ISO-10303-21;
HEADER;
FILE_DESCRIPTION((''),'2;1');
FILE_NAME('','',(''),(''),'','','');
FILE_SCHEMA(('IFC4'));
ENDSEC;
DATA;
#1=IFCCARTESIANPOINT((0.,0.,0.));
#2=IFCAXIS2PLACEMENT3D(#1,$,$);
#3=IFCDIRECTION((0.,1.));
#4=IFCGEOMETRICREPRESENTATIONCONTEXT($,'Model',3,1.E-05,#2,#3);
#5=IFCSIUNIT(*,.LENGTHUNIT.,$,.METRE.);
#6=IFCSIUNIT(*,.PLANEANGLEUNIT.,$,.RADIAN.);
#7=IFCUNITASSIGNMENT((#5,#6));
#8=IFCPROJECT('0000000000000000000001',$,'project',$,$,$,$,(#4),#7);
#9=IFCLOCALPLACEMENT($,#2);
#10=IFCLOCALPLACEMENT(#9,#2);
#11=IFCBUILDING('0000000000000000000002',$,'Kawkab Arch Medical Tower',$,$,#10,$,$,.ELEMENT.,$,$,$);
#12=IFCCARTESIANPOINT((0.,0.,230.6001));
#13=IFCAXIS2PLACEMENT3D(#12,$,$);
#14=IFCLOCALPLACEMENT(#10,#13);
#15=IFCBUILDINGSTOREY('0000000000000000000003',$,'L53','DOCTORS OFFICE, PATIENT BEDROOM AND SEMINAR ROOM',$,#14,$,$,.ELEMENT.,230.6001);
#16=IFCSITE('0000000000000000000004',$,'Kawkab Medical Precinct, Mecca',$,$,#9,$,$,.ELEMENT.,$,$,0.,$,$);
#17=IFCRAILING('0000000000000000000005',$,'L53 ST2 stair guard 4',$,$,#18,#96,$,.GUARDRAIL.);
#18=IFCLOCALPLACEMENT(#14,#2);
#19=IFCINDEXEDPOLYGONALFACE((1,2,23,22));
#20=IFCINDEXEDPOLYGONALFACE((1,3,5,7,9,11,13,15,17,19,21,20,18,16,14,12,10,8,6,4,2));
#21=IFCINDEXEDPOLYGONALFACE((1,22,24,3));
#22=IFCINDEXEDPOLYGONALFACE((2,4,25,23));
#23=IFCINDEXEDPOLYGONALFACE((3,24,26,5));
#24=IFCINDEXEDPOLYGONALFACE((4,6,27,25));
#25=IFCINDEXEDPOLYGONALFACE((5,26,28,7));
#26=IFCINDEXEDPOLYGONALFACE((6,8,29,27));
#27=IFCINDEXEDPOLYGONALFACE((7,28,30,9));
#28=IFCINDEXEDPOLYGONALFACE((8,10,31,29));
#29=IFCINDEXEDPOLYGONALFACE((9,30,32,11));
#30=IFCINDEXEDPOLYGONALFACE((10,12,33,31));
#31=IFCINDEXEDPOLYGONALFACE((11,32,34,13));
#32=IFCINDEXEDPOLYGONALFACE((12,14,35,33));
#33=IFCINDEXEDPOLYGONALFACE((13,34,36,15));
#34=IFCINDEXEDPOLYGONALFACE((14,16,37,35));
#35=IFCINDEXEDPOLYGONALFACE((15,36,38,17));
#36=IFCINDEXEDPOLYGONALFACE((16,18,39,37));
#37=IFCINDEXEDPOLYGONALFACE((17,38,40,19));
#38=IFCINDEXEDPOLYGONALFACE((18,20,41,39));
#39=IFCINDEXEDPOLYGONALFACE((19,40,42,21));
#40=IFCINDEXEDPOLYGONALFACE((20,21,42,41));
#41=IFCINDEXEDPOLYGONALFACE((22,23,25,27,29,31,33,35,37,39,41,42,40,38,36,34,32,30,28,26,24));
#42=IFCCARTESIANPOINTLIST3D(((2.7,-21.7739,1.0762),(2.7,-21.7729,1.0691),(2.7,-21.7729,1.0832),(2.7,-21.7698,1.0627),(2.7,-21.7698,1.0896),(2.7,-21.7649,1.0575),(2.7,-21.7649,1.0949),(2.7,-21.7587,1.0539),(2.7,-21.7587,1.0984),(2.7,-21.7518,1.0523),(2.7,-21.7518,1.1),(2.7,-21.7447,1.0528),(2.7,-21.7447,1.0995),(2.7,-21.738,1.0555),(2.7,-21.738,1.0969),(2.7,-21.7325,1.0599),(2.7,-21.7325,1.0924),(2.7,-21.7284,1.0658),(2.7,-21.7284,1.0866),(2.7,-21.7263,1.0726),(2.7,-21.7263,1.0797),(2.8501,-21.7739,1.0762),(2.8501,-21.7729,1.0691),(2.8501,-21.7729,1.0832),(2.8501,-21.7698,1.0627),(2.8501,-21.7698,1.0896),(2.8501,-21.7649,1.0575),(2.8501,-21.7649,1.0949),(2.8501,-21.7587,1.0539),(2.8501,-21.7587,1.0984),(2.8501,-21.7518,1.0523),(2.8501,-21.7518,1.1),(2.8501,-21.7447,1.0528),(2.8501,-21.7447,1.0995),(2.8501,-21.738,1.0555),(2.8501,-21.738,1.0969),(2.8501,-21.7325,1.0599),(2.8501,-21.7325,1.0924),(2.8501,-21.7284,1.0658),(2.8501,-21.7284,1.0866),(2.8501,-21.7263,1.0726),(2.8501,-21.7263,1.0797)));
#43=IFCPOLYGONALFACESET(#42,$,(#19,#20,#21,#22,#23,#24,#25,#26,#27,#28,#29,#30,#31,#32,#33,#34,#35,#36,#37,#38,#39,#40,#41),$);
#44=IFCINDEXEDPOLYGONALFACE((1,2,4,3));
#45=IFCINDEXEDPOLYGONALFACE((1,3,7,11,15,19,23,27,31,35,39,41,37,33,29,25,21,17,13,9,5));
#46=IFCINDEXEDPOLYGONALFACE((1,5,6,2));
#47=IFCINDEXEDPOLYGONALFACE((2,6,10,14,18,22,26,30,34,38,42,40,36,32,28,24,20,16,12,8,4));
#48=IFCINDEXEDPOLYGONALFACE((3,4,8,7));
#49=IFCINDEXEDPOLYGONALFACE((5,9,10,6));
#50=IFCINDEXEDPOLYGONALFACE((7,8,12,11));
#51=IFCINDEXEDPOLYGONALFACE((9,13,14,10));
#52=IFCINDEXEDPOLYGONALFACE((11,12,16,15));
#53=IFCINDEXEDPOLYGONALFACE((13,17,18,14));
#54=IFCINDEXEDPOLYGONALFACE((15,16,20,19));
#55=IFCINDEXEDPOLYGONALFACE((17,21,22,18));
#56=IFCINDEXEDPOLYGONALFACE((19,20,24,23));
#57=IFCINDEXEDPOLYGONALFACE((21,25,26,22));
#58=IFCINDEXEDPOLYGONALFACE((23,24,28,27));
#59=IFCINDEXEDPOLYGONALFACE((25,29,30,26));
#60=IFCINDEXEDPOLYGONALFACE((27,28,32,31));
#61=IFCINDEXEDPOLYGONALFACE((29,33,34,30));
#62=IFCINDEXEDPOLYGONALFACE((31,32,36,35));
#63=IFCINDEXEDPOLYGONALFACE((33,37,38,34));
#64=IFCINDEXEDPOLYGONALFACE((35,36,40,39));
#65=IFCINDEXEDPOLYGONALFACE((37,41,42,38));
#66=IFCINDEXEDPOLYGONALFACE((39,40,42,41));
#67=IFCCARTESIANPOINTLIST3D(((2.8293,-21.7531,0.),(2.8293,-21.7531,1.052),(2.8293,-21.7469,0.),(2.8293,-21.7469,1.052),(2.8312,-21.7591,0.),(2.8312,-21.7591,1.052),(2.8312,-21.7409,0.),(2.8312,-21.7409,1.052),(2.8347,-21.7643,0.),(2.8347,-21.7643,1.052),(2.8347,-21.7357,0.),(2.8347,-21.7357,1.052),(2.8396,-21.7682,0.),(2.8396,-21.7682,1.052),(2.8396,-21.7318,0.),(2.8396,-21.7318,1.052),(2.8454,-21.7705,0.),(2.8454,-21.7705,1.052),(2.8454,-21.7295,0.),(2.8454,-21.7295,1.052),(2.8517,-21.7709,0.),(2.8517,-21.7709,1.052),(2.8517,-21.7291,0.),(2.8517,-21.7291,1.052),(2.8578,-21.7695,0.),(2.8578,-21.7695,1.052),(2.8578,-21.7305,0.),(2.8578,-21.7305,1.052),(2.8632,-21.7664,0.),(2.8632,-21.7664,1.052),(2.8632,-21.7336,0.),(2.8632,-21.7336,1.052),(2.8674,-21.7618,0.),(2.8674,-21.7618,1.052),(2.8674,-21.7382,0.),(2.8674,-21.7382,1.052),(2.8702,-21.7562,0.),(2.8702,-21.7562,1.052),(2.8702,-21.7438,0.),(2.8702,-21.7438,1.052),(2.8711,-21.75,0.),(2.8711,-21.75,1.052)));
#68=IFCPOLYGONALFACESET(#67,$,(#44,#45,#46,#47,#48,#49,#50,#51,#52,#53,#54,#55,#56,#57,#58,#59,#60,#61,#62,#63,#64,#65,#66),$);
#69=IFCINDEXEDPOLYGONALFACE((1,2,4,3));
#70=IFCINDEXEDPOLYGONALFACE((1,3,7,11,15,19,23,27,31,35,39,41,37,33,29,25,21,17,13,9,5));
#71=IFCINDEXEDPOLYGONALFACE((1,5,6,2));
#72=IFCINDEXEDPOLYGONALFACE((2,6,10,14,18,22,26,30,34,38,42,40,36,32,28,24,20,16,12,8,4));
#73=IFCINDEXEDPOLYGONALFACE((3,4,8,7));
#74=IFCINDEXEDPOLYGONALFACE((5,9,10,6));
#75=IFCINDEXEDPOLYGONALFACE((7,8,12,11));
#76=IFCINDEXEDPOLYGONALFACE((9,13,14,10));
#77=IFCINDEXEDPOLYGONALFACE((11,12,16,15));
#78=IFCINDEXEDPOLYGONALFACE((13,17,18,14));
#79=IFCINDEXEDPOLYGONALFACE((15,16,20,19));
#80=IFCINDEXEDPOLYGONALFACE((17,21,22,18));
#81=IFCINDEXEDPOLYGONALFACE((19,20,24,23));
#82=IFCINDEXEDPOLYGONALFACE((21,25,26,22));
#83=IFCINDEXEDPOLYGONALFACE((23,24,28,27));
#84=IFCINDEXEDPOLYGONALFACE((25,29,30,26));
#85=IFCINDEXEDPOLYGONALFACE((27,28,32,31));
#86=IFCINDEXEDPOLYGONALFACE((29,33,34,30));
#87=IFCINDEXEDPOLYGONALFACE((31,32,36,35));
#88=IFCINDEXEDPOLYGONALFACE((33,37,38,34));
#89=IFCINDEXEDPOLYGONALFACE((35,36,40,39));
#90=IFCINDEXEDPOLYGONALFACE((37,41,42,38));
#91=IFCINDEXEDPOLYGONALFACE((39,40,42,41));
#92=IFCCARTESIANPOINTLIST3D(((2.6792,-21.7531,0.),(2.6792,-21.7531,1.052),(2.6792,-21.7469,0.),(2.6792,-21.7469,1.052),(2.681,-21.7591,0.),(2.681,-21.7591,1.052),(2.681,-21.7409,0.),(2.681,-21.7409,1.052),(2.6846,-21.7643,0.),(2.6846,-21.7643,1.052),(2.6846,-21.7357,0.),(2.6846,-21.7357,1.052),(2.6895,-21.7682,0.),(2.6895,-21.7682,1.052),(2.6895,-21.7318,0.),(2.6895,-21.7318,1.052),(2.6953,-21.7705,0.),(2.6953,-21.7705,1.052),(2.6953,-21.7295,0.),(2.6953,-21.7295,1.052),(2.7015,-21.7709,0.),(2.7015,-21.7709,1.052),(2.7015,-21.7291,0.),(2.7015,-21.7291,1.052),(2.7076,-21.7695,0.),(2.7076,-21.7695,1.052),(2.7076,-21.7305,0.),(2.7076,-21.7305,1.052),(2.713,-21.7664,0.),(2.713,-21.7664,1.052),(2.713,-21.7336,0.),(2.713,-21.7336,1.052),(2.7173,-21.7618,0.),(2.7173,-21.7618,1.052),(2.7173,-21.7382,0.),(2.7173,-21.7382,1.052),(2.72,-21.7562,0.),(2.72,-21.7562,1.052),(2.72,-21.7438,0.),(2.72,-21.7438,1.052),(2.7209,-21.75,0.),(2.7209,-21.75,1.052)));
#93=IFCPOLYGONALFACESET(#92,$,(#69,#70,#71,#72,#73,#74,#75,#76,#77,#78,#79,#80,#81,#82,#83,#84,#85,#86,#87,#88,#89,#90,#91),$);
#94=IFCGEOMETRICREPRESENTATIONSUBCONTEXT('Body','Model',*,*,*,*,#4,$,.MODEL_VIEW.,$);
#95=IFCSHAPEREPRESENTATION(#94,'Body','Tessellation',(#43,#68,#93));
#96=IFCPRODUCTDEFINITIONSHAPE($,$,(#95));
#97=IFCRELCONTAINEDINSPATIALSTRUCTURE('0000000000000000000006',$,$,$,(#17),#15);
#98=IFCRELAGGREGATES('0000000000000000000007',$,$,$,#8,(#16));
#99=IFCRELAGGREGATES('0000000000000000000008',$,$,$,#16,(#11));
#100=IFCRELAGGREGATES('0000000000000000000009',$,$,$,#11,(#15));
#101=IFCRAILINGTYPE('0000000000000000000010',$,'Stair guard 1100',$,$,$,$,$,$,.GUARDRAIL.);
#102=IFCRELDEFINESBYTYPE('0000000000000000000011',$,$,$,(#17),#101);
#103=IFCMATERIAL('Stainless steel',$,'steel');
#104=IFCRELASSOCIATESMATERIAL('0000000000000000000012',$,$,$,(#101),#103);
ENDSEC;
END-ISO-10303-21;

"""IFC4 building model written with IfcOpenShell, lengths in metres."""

from ifc_helpers import new_model, si_unit, direction, frame, origin, origin_2d, place, context, subcontext, project, spatial, circle, extrude, material, type_object, element, save


model = new_model("IFC4")

# Units and contexts
model_context = context("Model", 3, precision=1e-05, world=origin(), true_north=direction((0.0, 1.0)))
body_context = subcontext(model_context, "Body", "Model", "MODEL_VIEW")
ifc_project = project(units=[si_unit("LENGTHUNIT", "METRE"), si_unit("PLANEANGLEUNIT", "RADIAN")], contexts=[model_context])

# Site, building, storey
site_placement = place(None, origin())
site = spatial("IfcSite", under=ifc_project, at=site_placement, Name="Kawkab Medical Precinct, Mecca", CompositionType="ELEMENT", RefElevation=0.0)
building_placement = place(site_placement, origin())
building = spatial("IfcBuilding", under=site, at=building_placement, Name="Kawkab Arch Medical Tower", CompositionType="ELEMENT")
storey_placement = place(building_placement, frame((0.0, 0.0, 230.6001)))
storey = spatial("IfcBuildingStorey", under=building, at=storey_placement, Name="L53", Description="DOCTORS OFFICE, PATIENT BEDROOM AND SEMINAR ROOM", CompositionType="ELEMENT", Elevation=230.6001)

# Railing
ifc_material_1 = material(Name="Stainless steel", Category="steel")
railing_type = type_object("IfcRailingType", Name="Stair guard 1100", PredefinedType="GUARDRAIL", material=ifc_material_1)
railing_1_placement = place(storey_placement, frame((2.8501, -21.75, 0.0)))
element("IfcRailing", 1, at=railing_1_placement, inside=storey, type_object=railing_type, Name="L53 ST2 stair guard 4", PredefinedType="GUARDRAIL", context=body_context, shape_type="SweptSolid", body=[
    extrude(circle(Radius=0.0239, at=origin_2d()), frame((0.0, 0.0, 1.0762), z_axis=(-1.0, 0.0, 0.0), x_axis=(0.0, -1.0, 0.0)), (0.0, 0.0, 1.0), 0.1501),
    extrude(circle(Radius=0.021, at=origin_2d()), origin(), (0.0, 0.0, 1.0), 1.052),
    extrude(circle(Radius=0.021, at=origin_2d()), frame((-0.1501, 0.0, 0.0)), (0.0, 0.0, 1.0), 1.052),
])

save(model, "model.ifc")
